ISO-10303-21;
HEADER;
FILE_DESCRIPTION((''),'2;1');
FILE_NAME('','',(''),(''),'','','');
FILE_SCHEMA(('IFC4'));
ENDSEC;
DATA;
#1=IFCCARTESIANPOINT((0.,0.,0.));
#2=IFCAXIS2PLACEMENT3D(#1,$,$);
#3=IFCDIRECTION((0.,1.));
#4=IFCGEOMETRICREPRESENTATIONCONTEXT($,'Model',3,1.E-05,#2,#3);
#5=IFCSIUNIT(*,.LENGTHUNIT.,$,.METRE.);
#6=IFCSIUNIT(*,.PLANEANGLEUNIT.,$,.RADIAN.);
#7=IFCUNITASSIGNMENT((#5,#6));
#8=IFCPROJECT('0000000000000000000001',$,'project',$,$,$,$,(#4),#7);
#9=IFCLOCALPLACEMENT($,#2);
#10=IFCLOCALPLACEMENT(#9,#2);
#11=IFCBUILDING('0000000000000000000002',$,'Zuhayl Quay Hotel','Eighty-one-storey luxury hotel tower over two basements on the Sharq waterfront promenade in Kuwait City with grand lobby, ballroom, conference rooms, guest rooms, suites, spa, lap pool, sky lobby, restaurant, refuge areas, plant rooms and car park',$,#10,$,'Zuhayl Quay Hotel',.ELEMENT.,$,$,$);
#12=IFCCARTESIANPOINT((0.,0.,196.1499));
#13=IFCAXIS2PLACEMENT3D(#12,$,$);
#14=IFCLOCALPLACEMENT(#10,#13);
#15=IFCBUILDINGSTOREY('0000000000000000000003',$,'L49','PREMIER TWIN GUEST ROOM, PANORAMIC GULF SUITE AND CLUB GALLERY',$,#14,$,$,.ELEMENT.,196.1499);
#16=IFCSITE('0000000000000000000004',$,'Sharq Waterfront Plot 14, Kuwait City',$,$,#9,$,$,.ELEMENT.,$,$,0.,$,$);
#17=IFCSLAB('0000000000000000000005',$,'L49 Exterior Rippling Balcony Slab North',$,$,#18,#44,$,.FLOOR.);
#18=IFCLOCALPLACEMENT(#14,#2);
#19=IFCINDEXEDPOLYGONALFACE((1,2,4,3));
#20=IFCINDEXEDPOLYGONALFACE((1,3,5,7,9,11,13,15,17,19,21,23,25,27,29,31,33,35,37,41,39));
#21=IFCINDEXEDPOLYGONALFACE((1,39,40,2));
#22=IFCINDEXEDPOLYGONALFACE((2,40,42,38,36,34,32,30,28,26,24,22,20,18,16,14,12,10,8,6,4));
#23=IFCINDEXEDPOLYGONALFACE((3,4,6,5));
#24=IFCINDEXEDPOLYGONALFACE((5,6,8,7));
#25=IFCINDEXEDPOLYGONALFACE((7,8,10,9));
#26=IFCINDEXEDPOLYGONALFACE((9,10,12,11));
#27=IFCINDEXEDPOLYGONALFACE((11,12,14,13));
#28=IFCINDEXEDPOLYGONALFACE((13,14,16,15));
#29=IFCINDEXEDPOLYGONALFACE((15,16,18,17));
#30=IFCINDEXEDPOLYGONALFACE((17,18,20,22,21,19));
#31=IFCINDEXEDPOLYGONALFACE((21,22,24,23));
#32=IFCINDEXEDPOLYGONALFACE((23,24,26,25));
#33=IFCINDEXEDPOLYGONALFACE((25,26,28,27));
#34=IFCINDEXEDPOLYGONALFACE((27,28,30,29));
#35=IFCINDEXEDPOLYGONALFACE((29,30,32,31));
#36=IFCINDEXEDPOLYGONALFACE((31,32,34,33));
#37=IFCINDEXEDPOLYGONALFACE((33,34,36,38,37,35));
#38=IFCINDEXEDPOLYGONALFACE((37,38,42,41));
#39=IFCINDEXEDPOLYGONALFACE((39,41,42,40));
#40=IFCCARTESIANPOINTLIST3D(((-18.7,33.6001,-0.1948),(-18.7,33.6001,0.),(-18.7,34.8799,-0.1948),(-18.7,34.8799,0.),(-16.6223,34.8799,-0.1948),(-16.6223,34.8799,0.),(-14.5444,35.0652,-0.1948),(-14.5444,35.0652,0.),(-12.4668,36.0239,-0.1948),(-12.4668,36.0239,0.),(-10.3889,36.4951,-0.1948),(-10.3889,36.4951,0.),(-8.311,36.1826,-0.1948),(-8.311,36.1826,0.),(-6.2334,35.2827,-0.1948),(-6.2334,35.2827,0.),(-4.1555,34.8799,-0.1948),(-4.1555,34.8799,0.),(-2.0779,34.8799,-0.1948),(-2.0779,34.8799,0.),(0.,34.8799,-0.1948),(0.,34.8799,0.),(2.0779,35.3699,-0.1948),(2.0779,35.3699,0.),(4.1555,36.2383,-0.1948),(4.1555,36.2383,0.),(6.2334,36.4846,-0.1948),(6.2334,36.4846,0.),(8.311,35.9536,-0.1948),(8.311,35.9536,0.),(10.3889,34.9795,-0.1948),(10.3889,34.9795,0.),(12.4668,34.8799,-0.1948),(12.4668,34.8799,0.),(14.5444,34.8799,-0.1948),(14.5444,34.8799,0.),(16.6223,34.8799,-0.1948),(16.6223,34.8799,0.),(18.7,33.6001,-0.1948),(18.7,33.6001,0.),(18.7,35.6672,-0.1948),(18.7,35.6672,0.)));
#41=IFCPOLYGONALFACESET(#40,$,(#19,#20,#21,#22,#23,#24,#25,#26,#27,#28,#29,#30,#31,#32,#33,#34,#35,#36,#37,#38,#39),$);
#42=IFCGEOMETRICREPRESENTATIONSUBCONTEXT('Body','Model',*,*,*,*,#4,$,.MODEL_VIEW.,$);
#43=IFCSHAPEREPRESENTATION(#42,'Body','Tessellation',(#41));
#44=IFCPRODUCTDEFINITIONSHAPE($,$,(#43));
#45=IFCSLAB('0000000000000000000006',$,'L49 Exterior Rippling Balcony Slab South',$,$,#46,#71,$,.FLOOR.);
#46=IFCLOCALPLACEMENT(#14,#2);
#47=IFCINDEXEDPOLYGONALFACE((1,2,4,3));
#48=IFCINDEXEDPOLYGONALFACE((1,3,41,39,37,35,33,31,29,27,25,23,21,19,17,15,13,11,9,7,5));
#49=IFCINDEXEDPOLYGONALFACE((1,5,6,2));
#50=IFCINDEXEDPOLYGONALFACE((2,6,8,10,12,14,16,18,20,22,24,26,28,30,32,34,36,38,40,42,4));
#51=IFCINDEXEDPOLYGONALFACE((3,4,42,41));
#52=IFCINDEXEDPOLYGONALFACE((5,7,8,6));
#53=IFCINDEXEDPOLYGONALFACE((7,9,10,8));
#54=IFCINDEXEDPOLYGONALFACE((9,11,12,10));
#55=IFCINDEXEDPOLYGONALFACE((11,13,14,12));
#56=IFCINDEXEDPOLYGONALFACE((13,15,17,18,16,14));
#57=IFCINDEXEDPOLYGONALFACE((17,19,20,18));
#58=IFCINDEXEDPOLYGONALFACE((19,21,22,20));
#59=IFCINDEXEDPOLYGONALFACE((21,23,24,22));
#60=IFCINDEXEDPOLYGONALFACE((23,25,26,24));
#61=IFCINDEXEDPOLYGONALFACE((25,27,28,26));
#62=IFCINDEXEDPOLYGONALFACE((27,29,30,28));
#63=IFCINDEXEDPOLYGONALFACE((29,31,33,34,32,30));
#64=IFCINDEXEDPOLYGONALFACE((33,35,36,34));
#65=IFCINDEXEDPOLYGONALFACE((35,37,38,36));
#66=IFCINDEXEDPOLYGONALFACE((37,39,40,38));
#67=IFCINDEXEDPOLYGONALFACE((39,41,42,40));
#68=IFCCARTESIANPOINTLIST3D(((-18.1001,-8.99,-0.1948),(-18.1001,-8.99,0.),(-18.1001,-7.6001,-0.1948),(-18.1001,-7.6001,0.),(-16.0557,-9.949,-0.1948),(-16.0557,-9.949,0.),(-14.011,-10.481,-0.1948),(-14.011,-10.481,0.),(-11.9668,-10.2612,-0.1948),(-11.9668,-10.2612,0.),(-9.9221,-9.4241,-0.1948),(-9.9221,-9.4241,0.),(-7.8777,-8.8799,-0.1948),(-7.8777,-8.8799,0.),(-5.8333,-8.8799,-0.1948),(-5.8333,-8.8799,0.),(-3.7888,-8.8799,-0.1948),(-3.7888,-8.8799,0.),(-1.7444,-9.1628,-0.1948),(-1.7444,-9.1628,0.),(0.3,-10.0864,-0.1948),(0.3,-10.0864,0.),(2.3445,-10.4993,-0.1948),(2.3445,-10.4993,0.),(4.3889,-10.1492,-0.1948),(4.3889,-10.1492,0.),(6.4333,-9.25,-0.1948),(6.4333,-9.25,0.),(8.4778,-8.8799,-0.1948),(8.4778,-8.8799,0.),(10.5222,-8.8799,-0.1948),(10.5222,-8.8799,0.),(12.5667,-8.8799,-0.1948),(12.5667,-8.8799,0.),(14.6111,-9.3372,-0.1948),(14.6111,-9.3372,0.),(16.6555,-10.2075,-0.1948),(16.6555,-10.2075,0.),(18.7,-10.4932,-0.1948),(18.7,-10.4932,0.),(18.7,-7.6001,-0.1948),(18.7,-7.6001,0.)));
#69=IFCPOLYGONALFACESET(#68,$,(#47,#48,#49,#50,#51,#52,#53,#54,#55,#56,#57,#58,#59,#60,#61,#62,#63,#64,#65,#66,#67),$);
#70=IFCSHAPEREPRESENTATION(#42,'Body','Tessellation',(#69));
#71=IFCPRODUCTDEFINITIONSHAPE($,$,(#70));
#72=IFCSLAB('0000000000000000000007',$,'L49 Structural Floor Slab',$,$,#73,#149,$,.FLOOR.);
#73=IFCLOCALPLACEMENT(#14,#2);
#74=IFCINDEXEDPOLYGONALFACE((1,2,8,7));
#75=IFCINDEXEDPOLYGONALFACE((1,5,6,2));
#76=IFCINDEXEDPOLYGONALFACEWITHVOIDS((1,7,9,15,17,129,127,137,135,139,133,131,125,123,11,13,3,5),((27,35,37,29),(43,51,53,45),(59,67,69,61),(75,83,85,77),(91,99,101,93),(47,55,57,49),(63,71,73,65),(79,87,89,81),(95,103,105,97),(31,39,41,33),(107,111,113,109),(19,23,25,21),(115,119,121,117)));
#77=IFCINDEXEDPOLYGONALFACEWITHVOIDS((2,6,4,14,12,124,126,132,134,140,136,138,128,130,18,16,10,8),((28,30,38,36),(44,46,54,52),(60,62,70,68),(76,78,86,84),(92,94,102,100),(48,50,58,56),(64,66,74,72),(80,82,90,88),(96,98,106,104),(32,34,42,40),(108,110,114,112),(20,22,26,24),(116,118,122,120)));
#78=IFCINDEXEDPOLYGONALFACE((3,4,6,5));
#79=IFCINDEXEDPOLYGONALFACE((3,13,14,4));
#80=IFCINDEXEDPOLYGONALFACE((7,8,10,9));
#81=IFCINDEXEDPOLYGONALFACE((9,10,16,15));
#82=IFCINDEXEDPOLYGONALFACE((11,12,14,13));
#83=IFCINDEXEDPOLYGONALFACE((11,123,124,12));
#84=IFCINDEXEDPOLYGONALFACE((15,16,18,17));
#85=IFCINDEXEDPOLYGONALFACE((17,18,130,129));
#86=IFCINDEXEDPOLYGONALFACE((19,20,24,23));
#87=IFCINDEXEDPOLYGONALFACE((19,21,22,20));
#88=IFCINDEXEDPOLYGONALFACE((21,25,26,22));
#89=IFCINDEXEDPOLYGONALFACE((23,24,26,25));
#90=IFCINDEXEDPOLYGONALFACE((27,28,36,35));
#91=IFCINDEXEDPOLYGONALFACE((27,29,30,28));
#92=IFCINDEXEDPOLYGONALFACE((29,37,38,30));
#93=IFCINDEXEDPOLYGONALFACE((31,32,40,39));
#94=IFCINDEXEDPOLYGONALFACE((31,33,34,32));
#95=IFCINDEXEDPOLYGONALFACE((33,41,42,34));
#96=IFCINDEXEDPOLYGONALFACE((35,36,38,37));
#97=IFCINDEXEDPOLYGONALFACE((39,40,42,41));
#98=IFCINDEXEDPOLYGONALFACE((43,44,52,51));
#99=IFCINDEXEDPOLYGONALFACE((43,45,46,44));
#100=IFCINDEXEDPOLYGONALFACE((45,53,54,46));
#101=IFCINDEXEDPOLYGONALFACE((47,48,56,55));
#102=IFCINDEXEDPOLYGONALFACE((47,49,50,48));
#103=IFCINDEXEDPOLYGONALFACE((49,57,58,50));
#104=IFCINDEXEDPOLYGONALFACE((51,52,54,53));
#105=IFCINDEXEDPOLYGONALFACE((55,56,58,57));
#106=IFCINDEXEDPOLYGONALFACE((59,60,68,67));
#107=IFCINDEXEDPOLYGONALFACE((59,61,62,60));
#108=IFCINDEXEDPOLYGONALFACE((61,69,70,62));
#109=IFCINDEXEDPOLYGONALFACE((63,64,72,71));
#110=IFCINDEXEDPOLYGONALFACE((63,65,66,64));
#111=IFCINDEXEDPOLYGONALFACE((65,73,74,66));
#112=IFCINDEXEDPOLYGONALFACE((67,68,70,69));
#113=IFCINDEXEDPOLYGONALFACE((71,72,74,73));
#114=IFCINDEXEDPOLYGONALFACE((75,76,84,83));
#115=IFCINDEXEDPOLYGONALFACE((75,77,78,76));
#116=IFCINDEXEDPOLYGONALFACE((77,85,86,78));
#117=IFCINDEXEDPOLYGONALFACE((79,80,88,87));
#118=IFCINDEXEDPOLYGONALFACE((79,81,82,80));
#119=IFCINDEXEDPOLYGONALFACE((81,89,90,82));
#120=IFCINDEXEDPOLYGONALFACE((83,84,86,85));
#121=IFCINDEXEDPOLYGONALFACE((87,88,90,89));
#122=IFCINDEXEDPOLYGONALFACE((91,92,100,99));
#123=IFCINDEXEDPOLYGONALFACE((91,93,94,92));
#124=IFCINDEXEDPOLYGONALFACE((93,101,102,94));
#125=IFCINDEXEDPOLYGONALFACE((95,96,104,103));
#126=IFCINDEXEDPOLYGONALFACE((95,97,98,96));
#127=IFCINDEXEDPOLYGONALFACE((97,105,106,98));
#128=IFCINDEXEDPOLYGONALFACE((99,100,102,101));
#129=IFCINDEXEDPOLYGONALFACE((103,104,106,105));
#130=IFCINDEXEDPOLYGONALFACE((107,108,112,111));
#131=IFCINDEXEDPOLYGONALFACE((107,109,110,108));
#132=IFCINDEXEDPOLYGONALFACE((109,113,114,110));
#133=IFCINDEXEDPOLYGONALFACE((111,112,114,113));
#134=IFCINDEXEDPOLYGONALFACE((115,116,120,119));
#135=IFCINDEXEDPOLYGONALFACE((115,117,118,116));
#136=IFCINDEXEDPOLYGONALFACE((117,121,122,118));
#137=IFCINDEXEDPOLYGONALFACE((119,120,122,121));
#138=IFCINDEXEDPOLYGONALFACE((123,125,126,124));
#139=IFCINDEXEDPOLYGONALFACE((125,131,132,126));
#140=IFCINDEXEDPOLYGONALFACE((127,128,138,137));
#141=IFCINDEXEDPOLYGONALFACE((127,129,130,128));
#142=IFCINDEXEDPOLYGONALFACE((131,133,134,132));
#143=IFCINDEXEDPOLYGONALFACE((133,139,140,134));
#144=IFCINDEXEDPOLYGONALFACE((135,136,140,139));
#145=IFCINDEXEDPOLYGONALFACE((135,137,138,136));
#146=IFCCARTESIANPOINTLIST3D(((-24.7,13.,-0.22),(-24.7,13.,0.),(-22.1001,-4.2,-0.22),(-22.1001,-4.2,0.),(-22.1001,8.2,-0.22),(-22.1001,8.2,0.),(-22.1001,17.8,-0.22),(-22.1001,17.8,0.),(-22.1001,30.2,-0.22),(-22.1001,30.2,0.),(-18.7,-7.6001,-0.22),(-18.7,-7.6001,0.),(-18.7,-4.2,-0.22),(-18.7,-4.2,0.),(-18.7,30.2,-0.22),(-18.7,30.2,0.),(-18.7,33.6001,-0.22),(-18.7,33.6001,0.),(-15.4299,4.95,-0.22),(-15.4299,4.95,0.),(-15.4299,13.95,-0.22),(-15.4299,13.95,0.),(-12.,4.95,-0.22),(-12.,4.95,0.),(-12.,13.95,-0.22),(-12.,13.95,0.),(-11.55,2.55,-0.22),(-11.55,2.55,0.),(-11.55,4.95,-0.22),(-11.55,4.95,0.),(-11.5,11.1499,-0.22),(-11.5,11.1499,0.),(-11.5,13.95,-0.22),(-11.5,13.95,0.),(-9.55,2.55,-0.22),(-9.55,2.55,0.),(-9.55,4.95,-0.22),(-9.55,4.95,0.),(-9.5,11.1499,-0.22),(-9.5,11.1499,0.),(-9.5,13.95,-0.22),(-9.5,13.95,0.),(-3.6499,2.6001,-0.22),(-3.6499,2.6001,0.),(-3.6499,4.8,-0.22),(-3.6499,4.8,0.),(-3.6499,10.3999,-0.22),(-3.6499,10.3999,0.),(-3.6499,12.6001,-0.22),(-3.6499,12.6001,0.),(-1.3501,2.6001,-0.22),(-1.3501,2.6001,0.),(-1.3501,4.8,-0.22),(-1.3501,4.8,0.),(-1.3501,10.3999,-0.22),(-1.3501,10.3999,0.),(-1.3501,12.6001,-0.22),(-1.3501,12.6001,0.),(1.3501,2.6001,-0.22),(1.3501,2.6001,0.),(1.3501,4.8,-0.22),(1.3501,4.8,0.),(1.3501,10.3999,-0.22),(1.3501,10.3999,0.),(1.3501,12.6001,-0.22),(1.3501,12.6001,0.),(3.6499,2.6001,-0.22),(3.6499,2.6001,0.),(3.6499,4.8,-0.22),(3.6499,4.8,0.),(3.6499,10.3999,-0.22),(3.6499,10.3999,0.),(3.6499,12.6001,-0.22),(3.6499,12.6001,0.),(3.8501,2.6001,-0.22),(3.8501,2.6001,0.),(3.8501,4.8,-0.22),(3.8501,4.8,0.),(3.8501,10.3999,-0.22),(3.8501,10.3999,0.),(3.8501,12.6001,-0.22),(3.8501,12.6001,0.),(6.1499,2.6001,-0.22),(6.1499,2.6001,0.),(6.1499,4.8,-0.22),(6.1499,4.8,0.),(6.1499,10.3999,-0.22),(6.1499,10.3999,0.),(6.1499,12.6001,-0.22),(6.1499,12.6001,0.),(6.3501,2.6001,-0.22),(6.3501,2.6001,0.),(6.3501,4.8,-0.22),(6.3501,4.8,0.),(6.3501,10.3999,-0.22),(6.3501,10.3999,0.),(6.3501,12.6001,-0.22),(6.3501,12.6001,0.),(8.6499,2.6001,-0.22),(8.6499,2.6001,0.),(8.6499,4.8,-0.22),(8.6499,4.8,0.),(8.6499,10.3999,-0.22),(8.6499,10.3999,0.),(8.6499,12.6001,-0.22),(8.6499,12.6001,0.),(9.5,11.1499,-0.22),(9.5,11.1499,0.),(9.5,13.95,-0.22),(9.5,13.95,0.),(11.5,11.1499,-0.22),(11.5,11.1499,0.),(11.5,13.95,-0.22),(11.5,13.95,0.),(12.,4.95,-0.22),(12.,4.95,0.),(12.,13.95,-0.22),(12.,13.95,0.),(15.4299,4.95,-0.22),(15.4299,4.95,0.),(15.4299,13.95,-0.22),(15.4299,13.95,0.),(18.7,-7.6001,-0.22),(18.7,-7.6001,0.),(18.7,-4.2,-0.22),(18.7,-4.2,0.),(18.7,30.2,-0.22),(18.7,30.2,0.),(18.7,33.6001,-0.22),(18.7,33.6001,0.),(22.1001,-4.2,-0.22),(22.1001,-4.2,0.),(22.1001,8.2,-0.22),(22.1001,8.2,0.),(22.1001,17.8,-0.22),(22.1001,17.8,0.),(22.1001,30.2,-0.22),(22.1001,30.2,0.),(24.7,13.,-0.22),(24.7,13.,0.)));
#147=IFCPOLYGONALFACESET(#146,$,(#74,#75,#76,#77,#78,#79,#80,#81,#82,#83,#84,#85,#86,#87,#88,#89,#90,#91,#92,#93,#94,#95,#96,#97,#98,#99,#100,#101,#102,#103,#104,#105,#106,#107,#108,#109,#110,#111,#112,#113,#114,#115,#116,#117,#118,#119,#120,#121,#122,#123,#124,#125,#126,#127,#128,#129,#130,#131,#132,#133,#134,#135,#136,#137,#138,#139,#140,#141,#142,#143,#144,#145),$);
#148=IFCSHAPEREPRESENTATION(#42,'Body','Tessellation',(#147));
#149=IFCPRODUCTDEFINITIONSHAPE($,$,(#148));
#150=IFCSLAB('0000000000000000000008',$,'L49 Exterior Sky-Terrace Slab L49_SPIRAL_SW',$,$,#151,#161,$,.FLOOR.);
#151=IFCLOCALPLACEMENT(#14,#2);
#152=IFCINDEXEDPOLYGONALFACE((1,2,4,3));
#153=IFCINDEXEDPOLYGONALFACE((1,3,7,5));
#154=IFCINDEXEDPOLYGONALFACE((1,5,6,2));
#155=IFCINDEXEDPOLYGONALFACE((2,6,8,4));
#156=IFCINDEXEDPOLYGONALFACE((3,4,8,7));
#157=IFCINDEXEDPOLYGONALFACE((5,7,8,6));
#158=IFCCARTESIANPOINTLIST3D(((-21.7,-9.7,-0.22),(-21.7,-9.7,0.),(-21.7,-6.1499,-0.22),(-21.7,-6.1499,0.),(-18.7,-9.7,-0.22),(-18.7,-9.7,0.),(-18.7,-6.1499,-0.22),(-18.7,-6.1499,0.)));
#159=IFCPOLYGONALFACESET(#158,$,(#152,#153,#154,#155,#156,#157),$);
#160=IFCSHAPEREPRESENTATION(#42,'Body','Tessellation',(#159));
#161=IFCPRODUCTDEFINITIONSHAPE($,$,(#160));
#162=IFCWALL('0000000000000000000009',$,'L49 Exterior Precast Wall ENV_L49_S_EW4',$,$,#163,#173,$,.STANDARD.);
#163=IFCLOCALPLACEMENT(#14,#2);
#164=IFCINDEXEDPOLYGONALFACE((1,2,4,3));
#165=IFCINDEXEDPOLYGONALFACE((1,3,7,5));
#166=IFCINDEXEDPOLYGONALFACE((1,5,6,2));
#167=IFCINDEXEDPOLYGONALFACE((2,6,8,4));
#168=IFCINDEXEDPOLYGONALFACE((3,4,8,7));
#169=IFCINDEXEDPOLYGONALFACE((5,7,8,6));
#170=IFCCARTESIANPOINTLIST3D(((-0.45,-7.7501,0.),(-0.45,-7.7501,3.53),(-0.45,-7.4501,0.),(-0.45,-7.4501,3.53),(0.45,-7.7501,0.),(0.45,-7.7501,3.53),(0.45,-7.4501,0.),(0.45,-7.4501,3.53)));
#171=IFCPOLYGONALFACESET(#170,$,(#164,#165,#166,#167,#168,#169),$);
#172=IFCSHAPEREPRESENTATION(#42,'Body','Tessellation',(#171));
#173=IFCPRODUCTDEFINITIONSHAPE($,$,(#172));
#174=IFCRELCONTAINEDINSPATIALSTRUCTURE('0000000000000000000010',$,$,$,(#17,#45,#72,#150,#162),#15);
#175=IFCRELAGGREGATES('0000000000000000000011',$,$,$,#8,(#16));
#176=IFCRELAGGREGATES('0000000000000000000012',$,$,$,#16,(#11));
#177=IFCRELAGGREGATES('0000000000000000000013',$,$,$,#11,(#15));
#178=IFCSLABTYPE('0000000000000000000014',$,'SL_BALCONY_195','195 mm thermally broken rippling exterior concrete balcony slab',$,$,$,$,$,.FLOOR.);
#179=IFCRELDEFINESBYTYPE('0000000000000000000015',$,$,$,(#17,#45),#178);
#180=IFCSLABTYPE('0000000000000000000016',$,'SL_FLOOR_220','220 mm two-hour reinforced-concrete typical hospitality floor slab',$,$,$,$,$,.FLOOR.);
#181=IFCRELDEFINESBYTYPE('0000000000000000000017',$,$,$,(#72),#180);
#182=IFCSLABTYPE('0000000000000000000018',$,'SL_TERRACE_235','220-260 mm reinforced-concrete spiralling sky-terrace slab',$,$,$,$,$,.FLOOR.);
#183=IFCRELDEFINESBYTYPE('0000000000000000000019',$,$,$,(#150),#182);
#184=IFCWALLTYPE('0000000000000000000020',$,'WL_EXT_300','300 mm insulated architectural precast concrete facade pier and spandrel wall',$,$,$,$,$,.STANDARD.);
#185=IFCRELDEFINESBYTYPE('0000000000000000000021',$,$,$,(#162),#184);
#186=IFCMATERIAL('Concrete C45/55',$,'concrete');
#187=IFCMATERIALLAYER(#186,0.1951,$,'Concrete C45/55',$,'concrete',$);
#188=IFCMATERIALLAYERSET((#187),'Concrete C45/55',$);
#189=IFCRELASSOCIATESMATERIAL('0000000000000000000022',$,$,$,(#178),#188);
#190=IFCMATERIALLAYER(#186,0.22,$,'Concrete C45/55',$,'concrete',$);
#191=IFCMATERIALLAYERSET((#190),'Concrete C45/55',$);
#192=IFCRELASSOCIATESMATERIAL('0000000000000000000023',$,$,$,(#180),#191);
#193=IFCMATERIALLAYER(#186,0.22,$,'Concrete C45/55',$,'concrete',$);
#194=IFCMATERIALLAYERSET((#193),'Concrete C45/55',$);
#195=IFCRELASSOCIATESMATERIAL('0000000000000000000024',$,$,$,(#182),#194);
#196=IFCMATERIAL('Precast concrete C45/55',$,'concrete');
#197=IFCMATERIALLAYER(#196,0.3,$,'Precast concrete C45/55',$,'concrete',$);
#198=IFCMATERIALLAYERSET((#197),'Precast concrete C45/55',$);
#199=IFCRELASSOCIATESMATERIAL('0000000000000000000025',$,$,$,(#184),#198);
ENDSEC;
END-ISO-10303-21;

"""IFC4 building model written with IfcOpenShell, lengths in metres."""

from ifc_helpers import new_model, si_unit, direction, frame, frame_2d, origin, place, context, subcontext, project, spatial, polyline, rectangle, outline, extrude, material, layer, layer_set, type_object, element, save


model = new_model("IFC4")

# Units and contexts
model_context = context("Model", 3, precision=1e-05, world=origin(), true_north=direction((0.0, 1.0)))
body_context = subcontext(model_context, "Body", "Model", "MODEL_VIEW")
ifc_project = project(units=[si_unit("LENGTHUNIT", "METRE"), si_unit("PLANEANGLEUNIT", "RADIAN")], contexts=[model_context])

# Site, building, storey
site_placement = place(None, origin())
site = spatial("IfcSite", under=ifc_project, at=site_placement, Name="Sharq Waterfront Plot 14, Kuwait City", CompositionType="ELEMENT", RefElevation=0.0)
building_placement = place(site_placement, origin())
building = spatial("IfcBuilding", under=site, at=building_placement, Name="Zuhayl Quay Hotel", Description="Eighty-one-storey luxury hotel tower over two basements on the Sharq waterfront promenade in Kuwait City with grand lobby, ballroom, conference rooms, guest rooms, suites, spa, lap pool, sky lobby, restaurant, refuge areas, plant rooms and car park", LongName="Zuhayl Quay Hotel", CompositionType="ELEMENT")
storey_placement = place(building_placement, frame((0.0, 0.0, 196.1499)))
storey = spatial("IfcBuildingStorey", under=building, at=storey_placement, Name="L49", Description="PREMIER TWIN GUEST ROOM, PANORAMIC GULF SUITE AND CLUB GALLERY", CompositionType="ELEMENT", Elevation=196.1499)

# Slabs
ifc_material_1 = material(Name="Concrete C45/55", Category="concrete")
ifc_layer_1 = layer(ifc_material_1, 0.1951, Name="Concrete C45/55", Category="concrete")
ifc_layer_set_1 = layer_set([ifc_layer_1], Name="Concrete C45/55")
slab_type_1 = type_object("IfcSlabType", Name="SL_BALCONY_195", Description="195 mm thermally broken rippling exterior concrete balcony slab", PredefinedType="FLOOR", material=ifc_layer_set_1)
slab_1_placement = place(storey_placement, frame((0.0, 0.0, -0.1948)))
element("IfcSlab", 1, at=slab_1_placement, inside=storey, type_object=slab_type_1, Name="L49 Exterior Rippling Balcony Slab North", PredefinedType="FLOOR", context=body_context, shape_type="SweptSolid", body=[
    extrude(outline(polyline([(-18.7, 33.6001), (18.7, 33.6001), (18.7, 35.6672), (16.6223, 34.8799), (14.5444, 34.8799), (12.4668, 34.8799), (10.3889, 34.9795), (8.311, 35.9536), (6.2334, 36.4846), (4.1555, 36.2383), (2.0779, 35.3699), (0.0, 34.8799), (-2.0779, 34.8799), (-4.1555, 34.8799), (-6.2334, 35.2827), (-8.311, 36.1826), (-10.3889, 36.4951), (-12.4668, 36.0239), (-14.5444, 35.0652), (-16.6223, 34.8799), (-18.7, 34.8799), (-18.7, 33.6001)])), origin(), (0.0, 0.0, 1.0), 0.1948),
])
slab_2_placement = place(storey_placement, frame((0.0, 0.0, -0.1948)))
element("IfcSlab", 2, at=slab_2_placement, inside=storey, type_object=slab_type_1, Name="L49 Exterior Rippling Balcony Slab South", PredefinedType="FLOOR", context=body_context, shape_type="SweptSolid", body=[
    extrude(outline(polyline([(-18.1001, -8.99), (-16.0557, -9.949), (-14.011, -10.481), (-11.9668, -10.2612), (-9.9221, -9.4241), (-7.8777, -8.8799), (-5.8333, -8.8799), (-3.7888, -8.8799), (-1.7444, -9.1628), (0.3, -10.0864), (2.3445, -10.4993), (4.3889, -10.1492), (6.4333, -9.25), (8.4778, -8.8799), (10.5222, -8.8799), (12.5667, -8.8799), (14.6111, -9.3372), (16.6555, -10.2075), (18.7, -10.4932), (18.7, -7.6001), (-18.1001, -7.6001), (-18.1001, -8.99)])), origin(), (0.0, 0.0, 1.0), 0.1948),
])
ifc_layer_2 = layer(ifc_material_1, 0.22, Name="Concrete C45/55", Category="concrete")
ifc_layer_set_2 = layer_set([ifc_layer_2], Name="Concrete C45/55")
slab_type_2 = type_object("IfcSlabType", Name="SL_FLOOR_220", Description="220 mm two-hour reinforced-concrete typical hospitality floor slab", PredefinedType="FLOOR", material=ifc_layer_set_2)
slab_3_placement = place(storey_placement, frame((0.0, 0.0, -0.22)))
element("IfcSlab", 3, at=slab_3_placement, inside=storey, type_object=slab_type_2, Name="L49 Structural Floor Slab", PredefinedType="FLOOR", context=body_context, shape_type="SweptSolid", body=[
    extrude(outline(polyline([(-18.7, -7.6001), (18.7, -7.6001), (18.7, -4.2), (22.1001, -4.2), (22.1001, 8.2), (24.7, 13.0), (22.1001, 17.8), (22.1001, 30.2), (18.7, 30.2), (18.7, 33.6001), (-18.7, 33.6001), (-18.7, 30.2), (-22.1001, 30.2), (-22.1001, 17.8), (-24.7, 13.0), (-22.1001, 8.2), (-22.1001, -4.2), (-18.7, -4.2), (-18.7, -7.6001)]), holes=[polyline([(-12.0, 4.95), (-12.0, 13.95), (-15.4299, 13.95), (-15.4299, 4.95), (-12.0, 4.95)]), polyline([(15.4299, 4.95), (15.4299, 13.95), (12.0, 13.95), (12.0, 4.95), (15.4299, 4.95)]), polyline([(-11.5, 11.1499), (-9.5, 11.1499), (-9.5, 13.95), (-11.5, 13.95), (-11.5, 11.1499)]), polyline([(9.5, 11.1499), (11.5, 11.1499), (11.5, 13.95), (9.5, 13.95), (9.5, 11.1499)]), polyline([(-3.6499, 2.6001), (-1.3501, 2.6001), (-1.3501, 4.8), (-3.6499, 4.8), (-3.6499, 2.6001)]), polyline([(1.3501, 2.6001), (3.6499, 2.6001), (3.6499, 4.8), (1.3501, 4.8), (1.3501, 2.6001)]), polyline([(-3.6499, 10.3999), (-1.3501, 10.3999), (-1.3501, 12.6001), (-3.6499, 12.6001), (-3.6499, 10.3999)]), polyline([(1.3501, 10.3999), (3.6499, 10.3999), (3.6499, 12.6001), (1.3501, 12.6001), (1.3501, 10.3999)]), polyline([(3.8501, 2.6001), (6.1499, 2.6001), (6.1499, 4.8), (3.8501, 4.8), (3.8501, 2.6001)]), polyline([(6.3501, 2.6001), (8.6499, 2.6001), (8.6499, 4.8), (6.3501, 4.8), (6.3501, 2.6001)]), polyline([(3.8501, 10.3999), (6.1499, 10.3999), (6.1499, 12.6001), (3.8501, 12.6001), (3.8501, 10.3999)]), polyline([(6.3501, 10.3999), (8.6499, 10.3999), (8.6499, 12.6001), (6.3501, 12.6001), (6.3501, 10.3999)]), polyline([(-11.55, 2.55), (-9.55, 2.55), (-9.55, 4.95), (-11.55, 4.95), (-11.55, 2.55)])]), origin(), (0.0, 0.0, 1.0), 0.22),
])
ifc_layer_3 = layer(ifc_material_1, 0.22, Name="Concrete C45/55", Category="concrete")
ifc_layer_set_3 = layer_set([ifc_layer_3], Name="Concrete C45/55")
slab_type_3 = type_object("IfcSlabType", Name="SL_TERRACE_235", Description="220-260 mm reinforced-concrete spiralling sky-terrace slab", PredefinedType="FLOOR", material=ifc_layer_set_3)
slab_4_placement = place(storey_placement, frame((0.0, 0.0, -0.22)))
element("IfcSlab", 4, at=slab_4_placement, inside=storey, type_object=slab_type_3, Name="L49 Exterior Sky-Terrace Slab L49_SPIRAL_SW", PredefinedType="FLOOR", context=body_context, shape_type="SweptSolid", body=[
    extrude(outline(polyline([(-21.7, -9.7), (-18.7, -9.7), (-18.7, -6.1499), (-21.7, -6.1499), (-21.7, -9.7)])), origin(), (0.0, 0.0, 1.0), 0.22),
])

# Wall
ifc_material_2 = material(Name="Precast concrete C45/55", Category="concrete")
ifc_layer_4 = layer(ifc_material_2, 0.3, Name="Precast concrete C45/55", Category="concrete")
ifc_layer_set_4 = layer_set([ifc_layer_4], Name="Precast concrete C45/55")
wall_type_1 = type_object("IfcWallType", Name="WL_EXT_300", Description="300 mm insulated architectural precast concrete facade pier and spandrel wall", PredefinedType="STANDARD", material=ifc_layer_set_4)
wall_1_placement = place(storey_placement, frame((0.45, -7.6001, 0.0), z_axis=(0.0, 0.0, 1.0), x_axis=(-1.0, 0.0, 0.0)))
element("IfcWall", 5, at=wall_1_placement, inside=storey, type_object=wall_type_1, Name="L49 Exterior Precast Wall ENV_L49_S_EW4", PredefinedType="STANDARD", context=body_context, shape_type="SweptSolid", body=[
    extrude(rectangle(XDim=0.8999, YDim=0.3, at=frame_2d((0.45, 0.0))), origin(), (0.0, 0.0, 1.0), 3.53),
])

save(model, "model.ifc")
